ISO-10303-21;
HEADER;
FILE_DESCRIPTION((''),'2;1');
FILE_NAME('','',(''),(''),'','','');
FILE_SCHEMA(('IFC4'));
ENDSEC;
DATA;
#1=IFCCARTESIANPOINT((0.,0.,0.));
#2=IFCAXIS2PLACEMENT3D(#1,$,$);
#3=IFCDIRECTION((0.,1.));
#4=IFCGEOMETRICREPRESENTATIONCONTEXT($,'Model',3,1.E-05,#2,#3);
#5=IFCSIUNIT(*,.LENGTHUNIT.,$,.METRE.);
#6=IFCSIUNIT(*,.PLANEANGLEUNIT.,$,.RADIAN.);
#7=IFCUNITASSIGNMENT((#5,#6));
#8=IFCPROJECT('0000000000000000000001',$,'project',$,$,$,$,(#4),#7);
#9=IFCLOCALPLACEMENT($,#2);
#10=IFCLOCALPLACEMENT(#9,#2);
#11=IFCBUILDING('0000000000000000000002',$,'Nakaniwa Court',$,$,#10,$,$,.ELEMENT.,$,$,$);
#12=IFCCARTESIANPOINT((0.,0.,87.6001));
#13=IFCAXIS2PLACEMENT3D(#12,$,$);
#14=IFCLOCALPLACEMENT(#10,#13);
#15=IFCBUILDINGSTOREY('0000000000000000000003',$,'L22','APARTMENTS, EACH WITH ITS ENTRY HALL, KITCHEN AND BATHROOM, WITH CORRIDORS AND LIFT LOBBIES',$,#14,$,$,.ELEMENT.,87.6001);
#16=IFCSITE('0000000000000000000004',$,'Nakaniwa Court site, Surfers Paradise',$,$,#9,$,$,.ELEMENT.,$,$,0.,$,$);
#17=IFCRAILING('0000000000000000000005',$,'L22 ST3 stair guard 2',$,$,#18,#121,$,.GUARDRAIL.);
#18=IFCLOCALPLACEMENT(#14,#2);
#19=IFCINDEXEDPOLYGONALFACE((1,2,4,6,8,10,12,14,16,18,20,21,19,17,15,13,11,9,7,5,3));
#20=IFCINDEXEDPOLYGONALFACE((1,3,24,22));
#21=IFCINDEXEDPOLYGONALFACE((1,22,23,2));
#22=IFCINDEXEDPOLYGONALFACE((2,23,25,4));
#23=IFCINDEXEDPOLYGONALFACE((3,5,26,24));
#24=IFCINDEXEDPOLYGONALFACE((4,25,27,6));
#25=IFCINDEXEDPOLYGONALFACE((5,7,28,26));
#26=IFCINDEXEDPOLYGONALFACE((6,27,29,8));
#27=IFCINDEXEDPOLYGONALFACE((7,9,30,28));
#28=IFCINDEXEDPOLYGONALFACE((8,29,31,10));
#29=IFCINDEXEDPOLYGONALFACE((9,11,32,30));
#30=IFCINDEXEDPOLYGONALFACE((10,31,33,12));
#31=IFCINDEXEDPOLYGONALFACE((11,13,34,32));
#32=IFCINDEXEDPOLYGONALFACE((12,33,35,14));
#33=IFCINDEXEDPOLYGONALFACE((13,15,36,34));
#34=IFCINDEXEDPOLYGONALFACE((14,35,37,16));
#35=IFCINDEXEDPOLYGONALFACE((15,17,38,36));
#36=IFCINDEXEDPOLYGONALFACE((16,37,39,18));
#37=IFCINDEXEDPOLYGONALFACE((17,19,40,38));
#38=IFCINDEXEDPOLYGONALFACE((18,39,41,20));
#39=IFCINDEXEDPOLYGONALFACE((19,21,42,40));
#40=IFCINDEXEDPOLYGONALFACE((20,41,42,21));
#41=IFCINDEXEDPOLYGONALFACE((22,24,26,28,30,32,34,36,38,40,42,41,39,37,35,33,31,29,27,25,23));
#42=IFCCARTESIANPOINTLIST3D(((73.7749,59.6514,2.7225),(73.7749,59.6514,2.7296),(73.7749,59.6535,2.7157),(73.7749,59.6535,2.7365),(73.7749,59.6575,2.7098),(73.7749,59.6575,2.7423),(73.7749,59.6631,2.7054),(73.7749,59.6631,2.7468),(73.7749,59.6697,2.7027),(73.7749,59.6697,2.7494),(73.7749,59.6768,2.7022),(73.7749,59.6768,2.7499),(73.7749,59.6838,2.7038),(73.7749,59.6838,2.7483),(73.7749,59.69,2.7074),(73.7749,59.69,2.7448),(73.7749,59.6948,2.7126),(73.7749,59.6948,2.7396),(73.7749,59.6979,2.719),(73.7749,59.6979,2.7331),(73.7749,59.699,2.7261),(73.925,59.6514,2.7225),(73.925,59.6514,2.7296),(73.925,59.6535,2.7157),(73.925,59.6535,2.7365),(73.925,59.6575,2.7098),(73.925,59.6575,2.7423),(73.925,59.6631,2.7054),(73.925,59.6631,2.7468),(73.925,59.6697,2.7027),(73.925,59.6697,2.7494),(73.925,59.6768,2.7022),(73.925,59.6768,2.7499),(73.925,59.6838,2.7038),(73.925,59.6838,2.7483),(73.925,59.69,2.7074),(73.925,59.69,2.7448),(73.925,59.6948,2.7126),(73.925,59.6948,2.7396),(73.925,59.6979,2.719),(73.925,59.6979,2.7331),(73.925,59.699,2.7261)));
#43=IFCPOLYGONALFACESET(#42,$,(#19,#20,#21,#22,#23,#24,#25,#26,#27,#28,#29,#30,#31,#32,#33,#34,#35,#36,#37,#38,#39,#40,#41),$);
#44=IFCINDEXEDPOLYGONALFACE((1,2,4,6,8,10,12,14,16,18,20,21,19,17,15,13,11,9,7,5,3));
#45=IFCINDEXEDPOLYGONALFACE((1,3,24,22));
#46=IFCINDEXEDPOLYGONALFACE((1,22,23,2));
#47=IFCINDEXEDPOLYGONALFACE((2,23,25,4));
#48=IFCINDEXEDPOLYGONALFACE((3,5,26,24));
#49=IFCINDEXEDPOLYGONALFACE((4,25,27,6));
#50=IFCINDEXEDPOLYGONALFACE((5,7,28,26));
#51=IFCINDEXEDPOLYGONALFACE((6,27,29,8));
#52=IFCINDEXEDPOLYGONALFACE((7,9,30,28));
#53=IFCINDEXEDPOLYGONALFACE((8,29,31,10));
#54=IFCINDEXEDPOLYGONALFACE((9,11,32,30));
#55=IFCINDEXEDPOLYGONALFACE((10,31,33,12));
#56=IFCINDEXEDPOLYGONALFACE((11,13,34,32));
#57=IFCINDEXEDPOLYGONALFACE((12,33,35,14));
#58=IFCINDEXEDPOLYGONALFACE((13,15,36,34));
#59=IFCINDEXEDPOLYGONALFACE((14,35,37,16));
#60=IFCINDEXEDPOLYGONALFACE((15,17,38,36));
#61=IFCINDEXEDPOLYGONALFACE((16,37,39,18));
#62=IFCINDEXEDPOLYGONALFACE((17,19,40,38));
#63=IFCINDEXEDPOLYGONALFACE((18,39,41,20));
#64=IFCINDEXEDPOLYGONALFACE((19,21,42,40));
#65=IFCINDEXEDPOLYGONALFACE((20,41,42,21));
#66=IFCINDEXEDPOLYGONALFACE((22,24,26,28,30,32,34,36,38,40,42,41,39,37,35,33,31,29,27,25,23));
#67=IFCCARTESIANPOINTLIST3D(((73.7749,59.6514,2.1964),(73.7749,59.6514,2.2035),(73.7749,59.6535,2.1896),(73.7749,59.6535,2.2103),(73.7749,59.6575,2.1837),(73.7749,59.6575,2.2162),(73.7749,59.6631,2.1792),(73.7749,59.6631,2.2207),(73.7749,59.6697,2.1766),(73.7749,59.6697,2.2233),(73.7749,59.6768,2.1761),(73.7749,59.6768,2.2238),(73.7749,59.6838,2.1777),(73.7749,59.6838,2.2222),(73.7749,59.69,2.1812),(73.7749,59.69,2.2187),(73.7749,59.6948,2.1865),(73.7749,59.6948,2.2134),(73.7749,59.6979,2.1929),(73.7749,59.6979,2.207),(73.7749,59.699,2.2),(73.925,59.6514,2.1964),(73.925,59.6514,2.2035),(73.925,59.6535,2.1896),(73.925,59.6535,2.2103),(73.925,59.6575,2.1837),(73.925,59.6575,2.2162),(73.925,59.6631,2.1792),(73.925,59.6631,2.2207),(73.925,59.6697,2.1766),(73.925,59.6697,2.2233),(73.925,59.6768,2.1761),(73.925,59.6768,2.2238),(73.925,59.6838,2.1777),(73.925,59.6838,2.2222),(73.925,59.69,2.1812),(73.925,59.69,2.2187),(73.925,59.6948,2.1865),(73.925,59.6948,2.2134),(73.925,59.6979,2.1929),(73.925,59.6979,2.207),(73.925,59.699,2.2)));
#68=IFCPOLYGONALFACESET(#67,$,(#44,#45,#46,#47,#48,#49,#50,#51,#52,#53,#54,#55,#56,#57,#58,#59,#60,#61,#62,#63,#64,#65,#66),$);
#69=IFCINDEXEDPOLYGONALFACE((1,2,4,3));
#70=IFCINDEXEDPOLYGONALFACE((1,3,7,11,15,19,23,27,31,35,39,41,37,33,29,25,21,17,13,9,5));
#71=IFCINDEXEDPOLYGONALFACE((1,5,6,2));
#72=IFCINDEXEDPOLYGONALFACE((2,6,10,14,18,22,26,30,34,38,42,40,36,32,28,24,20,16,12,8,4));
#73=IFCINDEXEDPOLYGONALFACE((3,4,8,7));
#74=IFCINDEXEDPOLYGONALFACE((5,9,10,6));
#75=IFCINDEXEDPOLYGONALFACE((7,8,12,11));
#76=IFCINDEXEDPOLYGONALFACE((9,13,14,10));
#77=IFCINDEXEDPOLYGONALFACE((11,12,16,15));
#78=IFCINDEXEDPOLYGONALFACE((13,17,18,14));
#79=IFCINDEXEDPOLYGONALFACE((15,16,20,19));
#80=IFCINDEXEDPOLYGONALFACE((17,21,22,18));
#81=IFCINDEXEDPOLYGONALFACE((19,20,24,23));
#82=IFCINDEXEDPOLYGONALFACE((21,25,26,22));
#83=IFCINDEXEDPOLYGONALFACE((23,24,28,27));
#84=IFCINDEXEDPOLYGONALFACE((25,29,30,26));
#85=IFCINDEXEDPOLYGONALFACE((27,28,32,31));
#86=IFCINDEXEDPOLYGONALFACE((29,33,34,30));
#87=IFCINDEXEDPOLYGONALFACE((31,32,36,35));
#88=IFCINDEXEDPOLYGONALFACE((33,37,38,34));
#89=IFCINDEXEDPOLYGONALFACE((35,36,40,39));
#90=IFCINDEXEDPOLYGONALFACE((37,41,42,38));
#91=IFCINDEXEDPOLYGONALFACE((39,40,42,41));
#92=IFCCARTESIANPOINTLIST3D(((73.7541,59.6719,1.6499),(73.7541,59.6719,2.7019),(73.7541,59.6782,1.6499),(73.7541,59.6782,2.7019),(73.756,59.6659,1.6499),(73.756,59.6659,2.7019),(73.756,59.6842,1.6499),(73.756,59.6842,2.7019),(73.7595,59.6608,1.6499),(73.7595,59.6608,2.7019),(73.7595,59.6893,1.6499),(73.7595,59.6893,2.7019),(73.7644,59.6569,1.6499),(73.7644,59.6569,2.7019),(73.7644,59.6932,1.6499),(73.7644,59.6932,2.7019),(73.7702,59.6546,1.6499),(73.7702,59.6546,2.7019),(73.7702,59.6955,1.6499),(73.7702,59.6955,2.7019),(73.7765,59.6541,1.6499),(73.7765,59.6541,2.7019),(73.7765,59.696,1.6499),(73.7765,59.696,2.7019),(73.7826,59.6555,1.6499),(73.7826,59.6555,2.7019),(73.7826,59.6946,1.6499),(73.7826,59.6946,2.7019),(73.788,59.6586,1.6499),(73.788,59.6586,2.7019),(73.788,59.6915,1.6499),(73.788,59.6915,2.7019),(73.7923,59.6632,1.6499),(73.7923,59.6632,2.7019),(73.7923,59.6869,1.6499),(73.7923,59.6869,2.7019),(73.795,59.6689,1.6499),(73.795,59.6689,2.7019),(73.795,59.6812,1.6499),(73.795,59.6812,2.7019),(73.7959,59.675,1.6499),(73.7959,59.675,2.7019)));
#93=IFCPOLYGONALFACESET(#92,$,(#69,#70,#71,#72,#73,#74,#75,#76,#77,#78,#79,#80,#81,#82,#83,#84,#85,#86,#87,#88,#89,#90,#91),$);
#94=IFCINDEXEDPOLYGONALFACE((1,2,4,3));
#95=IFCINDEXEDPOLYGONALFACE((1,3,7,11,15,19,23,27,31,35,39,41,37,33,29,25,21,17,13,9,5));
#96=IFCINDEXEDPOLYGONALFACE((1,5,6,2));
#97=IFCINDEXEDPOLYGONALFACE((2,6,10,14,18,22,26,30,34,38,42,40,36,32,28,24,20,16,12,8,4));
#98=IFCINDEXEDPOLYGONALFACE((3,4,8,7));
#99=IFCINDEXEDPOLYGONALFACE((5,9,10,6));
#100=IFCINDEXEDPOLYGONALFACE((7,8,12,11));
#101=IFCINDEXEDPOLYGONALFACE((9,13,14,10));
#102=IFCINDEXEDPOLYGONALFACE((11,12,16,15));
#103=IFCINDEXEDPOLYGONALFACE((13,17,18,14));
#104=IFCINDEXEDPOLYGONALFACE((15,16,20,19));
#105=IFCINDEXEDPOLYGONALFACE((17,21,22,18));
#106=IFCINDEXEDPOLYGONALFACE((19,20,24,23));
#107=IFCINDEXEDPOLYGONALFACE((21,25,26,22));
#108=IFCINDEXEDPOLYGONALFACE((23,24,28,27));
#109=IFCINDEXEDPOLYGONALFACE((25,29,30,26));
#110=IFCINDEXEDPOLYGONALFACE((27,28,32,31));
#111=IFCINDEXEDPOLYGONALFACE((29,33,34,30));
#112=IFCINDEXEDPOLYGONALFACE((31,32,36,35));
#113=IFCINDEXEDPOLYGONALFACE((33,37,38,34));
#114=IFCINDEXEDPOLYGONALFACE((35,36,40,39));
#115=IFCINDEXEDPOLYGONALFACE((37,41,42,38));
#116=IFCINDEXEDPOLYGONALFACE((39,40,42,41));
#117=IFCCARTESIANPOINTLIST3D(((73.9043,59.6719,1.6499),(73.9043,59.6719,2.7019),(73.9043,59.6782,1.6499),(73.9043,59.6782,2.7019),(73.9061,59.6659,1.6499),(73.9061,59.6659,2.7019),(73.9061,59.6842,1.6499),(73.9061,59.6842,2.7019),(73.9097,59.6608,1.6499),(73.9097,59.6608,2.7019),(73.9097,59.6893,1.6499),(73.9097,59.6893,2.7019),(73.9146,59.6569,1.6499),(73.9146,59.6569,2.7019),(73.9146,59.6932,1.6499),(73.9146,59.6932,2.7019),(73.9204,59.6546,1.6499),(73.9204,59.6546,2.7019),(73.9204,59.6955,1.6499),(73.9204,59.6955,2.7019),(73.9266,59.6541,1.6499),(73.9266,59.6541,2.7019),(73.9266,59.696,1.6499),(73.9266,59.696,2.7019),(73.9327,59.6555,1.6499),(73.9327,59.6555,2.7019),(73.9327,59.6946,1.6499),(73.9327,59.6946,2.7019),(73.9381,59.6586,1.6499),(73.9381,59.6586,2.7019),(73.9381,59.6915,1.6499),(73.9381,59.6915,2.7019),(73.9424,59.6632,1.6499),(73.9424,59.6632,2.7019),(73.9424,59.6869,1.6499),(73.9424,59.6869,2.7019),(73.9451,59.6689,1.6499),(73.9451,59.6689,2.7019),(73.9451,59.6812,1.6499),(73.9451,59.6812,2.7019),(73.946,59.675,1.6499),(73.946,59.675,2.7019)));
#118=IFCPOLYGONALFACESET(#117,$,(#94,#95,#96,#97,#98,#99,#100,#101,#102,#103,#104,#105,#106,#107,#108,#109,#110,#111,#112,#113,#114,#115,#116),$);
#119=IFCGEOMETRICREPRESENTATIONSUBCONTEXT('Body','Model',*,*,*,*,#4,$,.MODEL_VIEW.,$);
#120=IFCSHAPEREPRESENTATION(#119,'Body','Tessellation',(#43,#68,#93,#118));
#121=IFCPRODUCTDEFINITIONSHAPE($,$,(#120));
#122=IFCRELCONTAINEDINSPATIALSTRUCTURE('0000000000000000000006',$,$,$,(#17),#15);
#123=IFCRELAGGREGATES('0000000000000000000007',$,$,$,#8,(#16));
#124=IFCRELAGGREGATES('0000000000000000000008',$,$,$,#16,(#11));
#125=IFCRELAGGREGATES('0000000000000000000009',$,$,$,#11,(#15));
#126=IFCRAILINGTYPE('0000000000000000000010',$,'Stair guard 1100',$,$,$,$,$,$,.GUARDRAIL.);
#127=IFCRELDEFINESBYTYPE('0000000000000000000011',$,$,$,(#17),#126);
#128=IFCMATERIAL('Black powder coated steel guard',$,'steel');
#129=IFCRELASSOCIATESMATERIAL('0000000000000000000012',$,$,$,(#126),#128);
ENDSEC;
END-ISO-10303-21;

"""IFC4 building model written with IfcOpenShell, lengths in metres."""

from ifc_helpers import new_model, si_unit, direction, frame, origin, origin_2d, place, context, subcontext, project, spatial, circle, extrude, material, type_object, element, save


model = new_model("IFC4")

# Units and contexts
model_context = context("Model", 3, precision=1e-05, world=origin(), true_north=direction((0.0, 1.0)))
body_context = subcontext(model_context, "Body", "Model", "MODEL_VIEW")
ifc_project = project(units=[si_unit("LENGTHUNIT", "METRE"), si_unit("PLANEANGLEUNIT", "RADIAN")], contexts=[model_context])

# Site, building, storey
site_placement = place(None, origin())
site = spatial("IfcSite", under=ifc_project, at=site_placement, Name="Nakaniwa Court site, Surfers Paradise", CompositionType="ELEMENT", RefElevation=0.0)
building_placement = place(site_placement, origin())
building = spatial("IfcBuilding", under=site, at=building_placement, Name="Nakaniwa Court", CompositionType="ELEMENT")
storey_placement = place(building_placement, frame((0.0, 0.0, 87.6001)))
storey = spatial("IfcBuildingStorey", under=building, at=storey_placement, Name="L22", Description="APARTMENTS, EACH WITH ITS ENTRY HALL, KITCHEN AND BATHROOM, WITH CORRIDORS AND LIFT LOBBIES", CompositionType="ELEMENT", Elevation=87.6001)

# Railing
ifc_material_1 = material(Name="Black powder coated steel guard", Category="steel")
railing_type_1 = type_object("IfcRailingType", Name="Stair guard 1100", PredefinedType="GUARDRAIL", material=ifc_material_1)
railing_1_placement = place(storey_placement, frame((73.7749, 59.675, 1.6499)))
element("IfcRailing", 1, at=railing_1_placement, inside=storey, type_object=railing_type_1, Name="L22 ST3 stair guard 2", PredefinedType="GUARDRAIL", context=body_context, shape_type="SweptSolid", body=[
    extrude(circle(Radius=0.0239, at=origin_2d()), frame((0.0, 0.0, 1.0762), z_axis=(1.0, 0.0, 0.0), x_axis=(0.0, 1.0, 0.0)), (0.0, 0.0, 1.0), 0.1501),
    extrude(circle(Radius=0.0239, at=origin_2d()), frame((0.0, 0.0, 0.55), z_axis=(1.0, 0.0, 0.0), x_axis=(0.0, 1.0, 0.0)), (0.0, 0.0, 1.0), 0.1501),
    extrude(circle(Radius=0.021, at=origin_2d()), origin(), (0.0, 0.0, 1.0), 1.052),
    extrude(circle(Radius=0.021, at=origin_2d()), frame((0.1501, 0.0, 0.0)), (0.0, 0.0, 1.0), 1.052),
])

save(model, "model.ifc")
